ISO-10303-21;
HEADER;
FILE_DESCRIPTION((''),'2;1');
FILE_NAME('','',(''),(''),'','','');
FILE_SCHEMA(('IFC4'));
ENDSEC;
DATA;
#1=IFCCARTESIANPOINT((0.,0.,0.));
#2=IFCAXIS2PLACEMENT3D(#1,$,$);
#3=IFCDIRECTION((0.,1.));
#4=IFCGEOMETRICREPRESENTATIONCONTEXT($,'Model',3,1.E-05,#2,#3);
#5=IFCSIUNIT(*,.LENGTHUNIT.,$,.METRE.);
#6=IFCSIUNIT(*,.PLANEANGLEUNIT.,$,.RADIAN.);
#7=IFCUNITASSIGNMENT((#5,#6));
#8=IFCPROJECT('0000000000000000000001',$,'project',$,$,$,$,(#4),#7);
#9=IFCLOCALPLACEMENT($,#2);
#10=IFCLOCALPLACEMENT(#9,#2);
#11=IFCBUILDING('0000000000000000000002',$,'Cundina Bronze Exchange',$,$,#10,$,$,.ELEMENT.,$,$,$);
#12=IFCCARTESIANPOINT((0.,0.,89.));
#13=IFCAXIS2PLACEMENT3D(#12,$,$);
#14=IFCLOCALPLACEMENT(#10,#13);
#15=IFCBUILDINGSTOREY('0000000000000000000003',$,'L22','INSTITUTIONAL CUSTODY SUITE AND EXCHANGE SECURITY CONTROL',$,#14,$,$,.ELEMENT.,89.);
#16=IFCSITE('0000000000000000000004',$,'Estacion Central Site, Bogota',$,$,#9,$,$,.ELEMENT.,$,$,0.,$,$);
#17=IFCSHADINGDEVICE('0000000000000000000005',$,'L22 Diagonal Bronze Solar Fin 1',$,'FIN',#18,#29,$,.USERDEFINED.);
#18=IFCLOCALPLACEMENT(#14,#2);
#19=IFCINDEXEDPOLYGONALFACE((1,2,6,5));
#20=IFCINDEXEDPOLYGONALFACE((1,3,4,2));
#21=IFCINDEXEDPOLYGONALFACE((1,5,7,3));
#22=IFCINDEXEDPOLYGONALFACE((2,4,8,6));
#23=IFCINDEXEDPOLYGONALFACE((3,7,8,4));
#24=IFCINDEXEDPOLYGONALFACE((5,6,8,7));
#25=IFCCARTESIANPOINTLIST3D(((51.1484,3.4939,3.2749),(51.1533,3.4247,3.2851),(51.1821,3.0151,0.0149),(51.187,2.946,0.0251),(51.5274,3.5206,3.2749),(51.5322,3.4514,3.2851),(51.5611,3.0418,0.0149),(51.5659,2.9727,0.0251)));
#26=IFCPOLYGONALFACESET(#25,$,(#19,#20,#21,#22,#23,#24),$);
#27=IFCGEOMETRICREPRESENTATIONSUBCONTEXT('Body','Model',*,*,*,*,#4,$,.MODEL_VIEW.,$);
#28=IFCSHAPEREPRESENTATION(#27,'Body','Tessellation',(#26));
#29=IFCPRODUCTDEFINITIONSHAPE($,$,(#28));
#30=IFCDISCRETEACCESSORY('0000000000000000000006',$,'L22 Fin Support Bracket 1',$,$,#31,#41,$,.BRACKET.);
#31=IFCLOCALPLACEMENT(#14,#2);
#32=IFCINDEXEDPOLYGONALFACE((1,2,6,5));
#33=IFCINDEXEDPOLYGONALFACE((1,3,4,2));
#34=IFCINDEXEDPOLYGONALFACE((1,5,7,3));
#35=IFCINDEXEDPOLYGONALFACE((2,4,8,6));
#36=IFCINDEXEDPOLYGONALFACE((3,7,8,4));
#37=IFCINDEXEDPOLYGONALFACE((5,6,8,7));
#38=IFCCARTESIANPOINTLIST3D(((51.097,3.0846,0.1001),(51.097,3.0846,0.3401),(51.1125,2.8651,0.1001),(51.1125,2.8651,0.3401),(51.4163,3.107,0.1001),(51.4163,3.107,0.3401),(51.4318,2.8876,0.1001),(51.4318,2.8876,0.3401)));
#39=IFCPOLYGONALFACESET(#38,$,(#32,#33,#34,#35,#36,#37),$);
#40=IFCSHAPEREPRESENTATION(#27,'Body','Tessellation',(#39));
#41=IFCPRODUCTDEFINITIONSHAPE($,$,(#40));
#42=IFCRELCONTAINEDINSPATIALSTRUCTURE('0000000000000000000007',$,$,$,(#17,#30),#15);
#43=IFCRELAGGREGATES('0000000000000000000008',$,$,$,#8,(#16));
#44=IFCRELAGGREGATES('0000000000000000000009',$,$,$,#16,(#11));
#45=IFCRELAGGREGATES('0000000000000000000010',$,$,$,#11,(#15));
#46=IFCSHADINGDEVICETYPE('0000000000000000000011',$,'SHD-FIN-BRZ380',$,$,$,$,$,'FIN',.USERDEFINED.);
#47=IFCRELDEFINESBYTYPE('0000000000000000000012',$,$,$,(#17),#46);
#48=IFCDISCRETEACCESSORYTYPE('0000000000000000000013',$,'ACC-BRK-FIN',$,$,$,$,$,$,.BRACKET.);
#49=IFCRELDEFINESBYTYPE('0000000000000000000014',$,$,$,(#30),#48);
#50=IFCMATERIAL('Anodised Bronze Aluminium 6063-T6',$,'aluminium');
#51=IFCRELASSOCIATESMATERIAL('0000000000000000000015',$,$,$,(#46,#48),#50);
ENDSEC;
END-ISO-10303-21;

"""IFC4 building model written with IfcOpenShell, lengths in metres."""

from ifc_helpers import new_model, si_unit, direction, frame, origin, origin_2d, place, context, subcontext, project, spatial, rectangle, extrude, material, material_profile, profile_set, type_object, element, save


model = new_model("IFC4")

# Units and contexts
model_context = context("Model", 3, precision=1e-05, world=origin(), true_north=direction((0.0, 1.0)))
body_context = subcontext(model_context, "Body", "Model", "MODEL_VIEW")
ifc_project = project(units=[si_unit("LENGTHUNIT", "METRE"), si_unit("PLANEANGLEUNIT", "RADIAN")], contexts=[model_context])

# Site, building, storey
site_placement = place(None, origin())
site = spatial("IfcSite", under=ifc_project, at=site_placement, Name="Estacion Central Site, Bogota", CompositionType="ELEMENT", RefElevation=0.0)
building_placement = place(site_placement, origin())
building = spatial("IfcBuilding", under=site, at=building_placement, Name="Cundina Bronze Exchange", CompositionType="ELEMENT")
storey_placement = place(building_placement, frame((0.0, 0.0, 89.0)))
storey = spatial("IfcBuildingStorey", under=building, at=storey_placement, Name="L22", Description="INSTITUTIONAL CUSTODY SUITE AND EXCHANGE SECURITY CONTROL", CompositionType="ELEMENT", Elevation=89.0)

# Shared definitions
ifc_material_1 = material(Name="Anodised Bronze Aluminium 6063-T6", Category="aluminium")

# Shading device
ifc_material_profile_1 = material_profile(ifc_material_1, rectangle(XDim=0.0701, YDim=0.3799, at=origin_2d()), Name="FIN70X380", Category="aluminium")
ifc_profile_set_1 = profile_set([ifc_material_profile_1], Name="Anodised Bronze Aluminium 6063-T6")
shading_device_type = type_object("IfcShadingDeviceType", Name="SHD-FIN-BRZ380", ElementType="FIN", PredefinedType="USERDEFINED", material=ifc_profile_set_1)
shading_device_placement = place(storey_placement, frame((51.374, 2.9939, 0.02), z_axis=(-0.010225, 0.145292, 0.989336), x_axis=(0.06945, -0.986895, 0.145652)))
element("IfcShadingDevice", 1, at=shading_device_placement, inside=storey, type_object=shading_device_type, Name="L22 Diagonal Bronze Solar Fin 1", ObjectType="FIN", PredefinedType="USERDEFINED", context=body_context, shape_type="SweptSolid", body=[
    extrude(rectangle(XDim=0.0701, YDim=0.3799, at=origin_2d()), origin(), (0.0, 0.0, 1.0), 3.2952),
])

# Discrete accessory
discrete_accessory_type = type_object("IfcDiscreteAccessoryType", Name="ACC-BRK-FIN", PredefinedType="BRACKET", material=ifc_material_1)
discrete_accessory_placement = place(storey_placement, frame((51.2644, 2.9861, 0.1001), z_axis=(0.0, 0.0, 1.0), x_axis=(-0.070279, 0.997527, 0.0)))
element("IfcDiscreteAccessory", 2, at=discrete_accessory_placement, inside=storey, type_object=discrete_accessory_type, Name="L22 Fin Support Bracket 1", PredefinedType="BRACKET", context=body_context, shape_type="SweptSolid", body=[
    extrude(rectangle(XDim=0.22, YDim=0.3201, at=origin_2d()), origin(), (0.0, 0.0, 1.0), 0.24),
])

save(model, "model.ifc")
